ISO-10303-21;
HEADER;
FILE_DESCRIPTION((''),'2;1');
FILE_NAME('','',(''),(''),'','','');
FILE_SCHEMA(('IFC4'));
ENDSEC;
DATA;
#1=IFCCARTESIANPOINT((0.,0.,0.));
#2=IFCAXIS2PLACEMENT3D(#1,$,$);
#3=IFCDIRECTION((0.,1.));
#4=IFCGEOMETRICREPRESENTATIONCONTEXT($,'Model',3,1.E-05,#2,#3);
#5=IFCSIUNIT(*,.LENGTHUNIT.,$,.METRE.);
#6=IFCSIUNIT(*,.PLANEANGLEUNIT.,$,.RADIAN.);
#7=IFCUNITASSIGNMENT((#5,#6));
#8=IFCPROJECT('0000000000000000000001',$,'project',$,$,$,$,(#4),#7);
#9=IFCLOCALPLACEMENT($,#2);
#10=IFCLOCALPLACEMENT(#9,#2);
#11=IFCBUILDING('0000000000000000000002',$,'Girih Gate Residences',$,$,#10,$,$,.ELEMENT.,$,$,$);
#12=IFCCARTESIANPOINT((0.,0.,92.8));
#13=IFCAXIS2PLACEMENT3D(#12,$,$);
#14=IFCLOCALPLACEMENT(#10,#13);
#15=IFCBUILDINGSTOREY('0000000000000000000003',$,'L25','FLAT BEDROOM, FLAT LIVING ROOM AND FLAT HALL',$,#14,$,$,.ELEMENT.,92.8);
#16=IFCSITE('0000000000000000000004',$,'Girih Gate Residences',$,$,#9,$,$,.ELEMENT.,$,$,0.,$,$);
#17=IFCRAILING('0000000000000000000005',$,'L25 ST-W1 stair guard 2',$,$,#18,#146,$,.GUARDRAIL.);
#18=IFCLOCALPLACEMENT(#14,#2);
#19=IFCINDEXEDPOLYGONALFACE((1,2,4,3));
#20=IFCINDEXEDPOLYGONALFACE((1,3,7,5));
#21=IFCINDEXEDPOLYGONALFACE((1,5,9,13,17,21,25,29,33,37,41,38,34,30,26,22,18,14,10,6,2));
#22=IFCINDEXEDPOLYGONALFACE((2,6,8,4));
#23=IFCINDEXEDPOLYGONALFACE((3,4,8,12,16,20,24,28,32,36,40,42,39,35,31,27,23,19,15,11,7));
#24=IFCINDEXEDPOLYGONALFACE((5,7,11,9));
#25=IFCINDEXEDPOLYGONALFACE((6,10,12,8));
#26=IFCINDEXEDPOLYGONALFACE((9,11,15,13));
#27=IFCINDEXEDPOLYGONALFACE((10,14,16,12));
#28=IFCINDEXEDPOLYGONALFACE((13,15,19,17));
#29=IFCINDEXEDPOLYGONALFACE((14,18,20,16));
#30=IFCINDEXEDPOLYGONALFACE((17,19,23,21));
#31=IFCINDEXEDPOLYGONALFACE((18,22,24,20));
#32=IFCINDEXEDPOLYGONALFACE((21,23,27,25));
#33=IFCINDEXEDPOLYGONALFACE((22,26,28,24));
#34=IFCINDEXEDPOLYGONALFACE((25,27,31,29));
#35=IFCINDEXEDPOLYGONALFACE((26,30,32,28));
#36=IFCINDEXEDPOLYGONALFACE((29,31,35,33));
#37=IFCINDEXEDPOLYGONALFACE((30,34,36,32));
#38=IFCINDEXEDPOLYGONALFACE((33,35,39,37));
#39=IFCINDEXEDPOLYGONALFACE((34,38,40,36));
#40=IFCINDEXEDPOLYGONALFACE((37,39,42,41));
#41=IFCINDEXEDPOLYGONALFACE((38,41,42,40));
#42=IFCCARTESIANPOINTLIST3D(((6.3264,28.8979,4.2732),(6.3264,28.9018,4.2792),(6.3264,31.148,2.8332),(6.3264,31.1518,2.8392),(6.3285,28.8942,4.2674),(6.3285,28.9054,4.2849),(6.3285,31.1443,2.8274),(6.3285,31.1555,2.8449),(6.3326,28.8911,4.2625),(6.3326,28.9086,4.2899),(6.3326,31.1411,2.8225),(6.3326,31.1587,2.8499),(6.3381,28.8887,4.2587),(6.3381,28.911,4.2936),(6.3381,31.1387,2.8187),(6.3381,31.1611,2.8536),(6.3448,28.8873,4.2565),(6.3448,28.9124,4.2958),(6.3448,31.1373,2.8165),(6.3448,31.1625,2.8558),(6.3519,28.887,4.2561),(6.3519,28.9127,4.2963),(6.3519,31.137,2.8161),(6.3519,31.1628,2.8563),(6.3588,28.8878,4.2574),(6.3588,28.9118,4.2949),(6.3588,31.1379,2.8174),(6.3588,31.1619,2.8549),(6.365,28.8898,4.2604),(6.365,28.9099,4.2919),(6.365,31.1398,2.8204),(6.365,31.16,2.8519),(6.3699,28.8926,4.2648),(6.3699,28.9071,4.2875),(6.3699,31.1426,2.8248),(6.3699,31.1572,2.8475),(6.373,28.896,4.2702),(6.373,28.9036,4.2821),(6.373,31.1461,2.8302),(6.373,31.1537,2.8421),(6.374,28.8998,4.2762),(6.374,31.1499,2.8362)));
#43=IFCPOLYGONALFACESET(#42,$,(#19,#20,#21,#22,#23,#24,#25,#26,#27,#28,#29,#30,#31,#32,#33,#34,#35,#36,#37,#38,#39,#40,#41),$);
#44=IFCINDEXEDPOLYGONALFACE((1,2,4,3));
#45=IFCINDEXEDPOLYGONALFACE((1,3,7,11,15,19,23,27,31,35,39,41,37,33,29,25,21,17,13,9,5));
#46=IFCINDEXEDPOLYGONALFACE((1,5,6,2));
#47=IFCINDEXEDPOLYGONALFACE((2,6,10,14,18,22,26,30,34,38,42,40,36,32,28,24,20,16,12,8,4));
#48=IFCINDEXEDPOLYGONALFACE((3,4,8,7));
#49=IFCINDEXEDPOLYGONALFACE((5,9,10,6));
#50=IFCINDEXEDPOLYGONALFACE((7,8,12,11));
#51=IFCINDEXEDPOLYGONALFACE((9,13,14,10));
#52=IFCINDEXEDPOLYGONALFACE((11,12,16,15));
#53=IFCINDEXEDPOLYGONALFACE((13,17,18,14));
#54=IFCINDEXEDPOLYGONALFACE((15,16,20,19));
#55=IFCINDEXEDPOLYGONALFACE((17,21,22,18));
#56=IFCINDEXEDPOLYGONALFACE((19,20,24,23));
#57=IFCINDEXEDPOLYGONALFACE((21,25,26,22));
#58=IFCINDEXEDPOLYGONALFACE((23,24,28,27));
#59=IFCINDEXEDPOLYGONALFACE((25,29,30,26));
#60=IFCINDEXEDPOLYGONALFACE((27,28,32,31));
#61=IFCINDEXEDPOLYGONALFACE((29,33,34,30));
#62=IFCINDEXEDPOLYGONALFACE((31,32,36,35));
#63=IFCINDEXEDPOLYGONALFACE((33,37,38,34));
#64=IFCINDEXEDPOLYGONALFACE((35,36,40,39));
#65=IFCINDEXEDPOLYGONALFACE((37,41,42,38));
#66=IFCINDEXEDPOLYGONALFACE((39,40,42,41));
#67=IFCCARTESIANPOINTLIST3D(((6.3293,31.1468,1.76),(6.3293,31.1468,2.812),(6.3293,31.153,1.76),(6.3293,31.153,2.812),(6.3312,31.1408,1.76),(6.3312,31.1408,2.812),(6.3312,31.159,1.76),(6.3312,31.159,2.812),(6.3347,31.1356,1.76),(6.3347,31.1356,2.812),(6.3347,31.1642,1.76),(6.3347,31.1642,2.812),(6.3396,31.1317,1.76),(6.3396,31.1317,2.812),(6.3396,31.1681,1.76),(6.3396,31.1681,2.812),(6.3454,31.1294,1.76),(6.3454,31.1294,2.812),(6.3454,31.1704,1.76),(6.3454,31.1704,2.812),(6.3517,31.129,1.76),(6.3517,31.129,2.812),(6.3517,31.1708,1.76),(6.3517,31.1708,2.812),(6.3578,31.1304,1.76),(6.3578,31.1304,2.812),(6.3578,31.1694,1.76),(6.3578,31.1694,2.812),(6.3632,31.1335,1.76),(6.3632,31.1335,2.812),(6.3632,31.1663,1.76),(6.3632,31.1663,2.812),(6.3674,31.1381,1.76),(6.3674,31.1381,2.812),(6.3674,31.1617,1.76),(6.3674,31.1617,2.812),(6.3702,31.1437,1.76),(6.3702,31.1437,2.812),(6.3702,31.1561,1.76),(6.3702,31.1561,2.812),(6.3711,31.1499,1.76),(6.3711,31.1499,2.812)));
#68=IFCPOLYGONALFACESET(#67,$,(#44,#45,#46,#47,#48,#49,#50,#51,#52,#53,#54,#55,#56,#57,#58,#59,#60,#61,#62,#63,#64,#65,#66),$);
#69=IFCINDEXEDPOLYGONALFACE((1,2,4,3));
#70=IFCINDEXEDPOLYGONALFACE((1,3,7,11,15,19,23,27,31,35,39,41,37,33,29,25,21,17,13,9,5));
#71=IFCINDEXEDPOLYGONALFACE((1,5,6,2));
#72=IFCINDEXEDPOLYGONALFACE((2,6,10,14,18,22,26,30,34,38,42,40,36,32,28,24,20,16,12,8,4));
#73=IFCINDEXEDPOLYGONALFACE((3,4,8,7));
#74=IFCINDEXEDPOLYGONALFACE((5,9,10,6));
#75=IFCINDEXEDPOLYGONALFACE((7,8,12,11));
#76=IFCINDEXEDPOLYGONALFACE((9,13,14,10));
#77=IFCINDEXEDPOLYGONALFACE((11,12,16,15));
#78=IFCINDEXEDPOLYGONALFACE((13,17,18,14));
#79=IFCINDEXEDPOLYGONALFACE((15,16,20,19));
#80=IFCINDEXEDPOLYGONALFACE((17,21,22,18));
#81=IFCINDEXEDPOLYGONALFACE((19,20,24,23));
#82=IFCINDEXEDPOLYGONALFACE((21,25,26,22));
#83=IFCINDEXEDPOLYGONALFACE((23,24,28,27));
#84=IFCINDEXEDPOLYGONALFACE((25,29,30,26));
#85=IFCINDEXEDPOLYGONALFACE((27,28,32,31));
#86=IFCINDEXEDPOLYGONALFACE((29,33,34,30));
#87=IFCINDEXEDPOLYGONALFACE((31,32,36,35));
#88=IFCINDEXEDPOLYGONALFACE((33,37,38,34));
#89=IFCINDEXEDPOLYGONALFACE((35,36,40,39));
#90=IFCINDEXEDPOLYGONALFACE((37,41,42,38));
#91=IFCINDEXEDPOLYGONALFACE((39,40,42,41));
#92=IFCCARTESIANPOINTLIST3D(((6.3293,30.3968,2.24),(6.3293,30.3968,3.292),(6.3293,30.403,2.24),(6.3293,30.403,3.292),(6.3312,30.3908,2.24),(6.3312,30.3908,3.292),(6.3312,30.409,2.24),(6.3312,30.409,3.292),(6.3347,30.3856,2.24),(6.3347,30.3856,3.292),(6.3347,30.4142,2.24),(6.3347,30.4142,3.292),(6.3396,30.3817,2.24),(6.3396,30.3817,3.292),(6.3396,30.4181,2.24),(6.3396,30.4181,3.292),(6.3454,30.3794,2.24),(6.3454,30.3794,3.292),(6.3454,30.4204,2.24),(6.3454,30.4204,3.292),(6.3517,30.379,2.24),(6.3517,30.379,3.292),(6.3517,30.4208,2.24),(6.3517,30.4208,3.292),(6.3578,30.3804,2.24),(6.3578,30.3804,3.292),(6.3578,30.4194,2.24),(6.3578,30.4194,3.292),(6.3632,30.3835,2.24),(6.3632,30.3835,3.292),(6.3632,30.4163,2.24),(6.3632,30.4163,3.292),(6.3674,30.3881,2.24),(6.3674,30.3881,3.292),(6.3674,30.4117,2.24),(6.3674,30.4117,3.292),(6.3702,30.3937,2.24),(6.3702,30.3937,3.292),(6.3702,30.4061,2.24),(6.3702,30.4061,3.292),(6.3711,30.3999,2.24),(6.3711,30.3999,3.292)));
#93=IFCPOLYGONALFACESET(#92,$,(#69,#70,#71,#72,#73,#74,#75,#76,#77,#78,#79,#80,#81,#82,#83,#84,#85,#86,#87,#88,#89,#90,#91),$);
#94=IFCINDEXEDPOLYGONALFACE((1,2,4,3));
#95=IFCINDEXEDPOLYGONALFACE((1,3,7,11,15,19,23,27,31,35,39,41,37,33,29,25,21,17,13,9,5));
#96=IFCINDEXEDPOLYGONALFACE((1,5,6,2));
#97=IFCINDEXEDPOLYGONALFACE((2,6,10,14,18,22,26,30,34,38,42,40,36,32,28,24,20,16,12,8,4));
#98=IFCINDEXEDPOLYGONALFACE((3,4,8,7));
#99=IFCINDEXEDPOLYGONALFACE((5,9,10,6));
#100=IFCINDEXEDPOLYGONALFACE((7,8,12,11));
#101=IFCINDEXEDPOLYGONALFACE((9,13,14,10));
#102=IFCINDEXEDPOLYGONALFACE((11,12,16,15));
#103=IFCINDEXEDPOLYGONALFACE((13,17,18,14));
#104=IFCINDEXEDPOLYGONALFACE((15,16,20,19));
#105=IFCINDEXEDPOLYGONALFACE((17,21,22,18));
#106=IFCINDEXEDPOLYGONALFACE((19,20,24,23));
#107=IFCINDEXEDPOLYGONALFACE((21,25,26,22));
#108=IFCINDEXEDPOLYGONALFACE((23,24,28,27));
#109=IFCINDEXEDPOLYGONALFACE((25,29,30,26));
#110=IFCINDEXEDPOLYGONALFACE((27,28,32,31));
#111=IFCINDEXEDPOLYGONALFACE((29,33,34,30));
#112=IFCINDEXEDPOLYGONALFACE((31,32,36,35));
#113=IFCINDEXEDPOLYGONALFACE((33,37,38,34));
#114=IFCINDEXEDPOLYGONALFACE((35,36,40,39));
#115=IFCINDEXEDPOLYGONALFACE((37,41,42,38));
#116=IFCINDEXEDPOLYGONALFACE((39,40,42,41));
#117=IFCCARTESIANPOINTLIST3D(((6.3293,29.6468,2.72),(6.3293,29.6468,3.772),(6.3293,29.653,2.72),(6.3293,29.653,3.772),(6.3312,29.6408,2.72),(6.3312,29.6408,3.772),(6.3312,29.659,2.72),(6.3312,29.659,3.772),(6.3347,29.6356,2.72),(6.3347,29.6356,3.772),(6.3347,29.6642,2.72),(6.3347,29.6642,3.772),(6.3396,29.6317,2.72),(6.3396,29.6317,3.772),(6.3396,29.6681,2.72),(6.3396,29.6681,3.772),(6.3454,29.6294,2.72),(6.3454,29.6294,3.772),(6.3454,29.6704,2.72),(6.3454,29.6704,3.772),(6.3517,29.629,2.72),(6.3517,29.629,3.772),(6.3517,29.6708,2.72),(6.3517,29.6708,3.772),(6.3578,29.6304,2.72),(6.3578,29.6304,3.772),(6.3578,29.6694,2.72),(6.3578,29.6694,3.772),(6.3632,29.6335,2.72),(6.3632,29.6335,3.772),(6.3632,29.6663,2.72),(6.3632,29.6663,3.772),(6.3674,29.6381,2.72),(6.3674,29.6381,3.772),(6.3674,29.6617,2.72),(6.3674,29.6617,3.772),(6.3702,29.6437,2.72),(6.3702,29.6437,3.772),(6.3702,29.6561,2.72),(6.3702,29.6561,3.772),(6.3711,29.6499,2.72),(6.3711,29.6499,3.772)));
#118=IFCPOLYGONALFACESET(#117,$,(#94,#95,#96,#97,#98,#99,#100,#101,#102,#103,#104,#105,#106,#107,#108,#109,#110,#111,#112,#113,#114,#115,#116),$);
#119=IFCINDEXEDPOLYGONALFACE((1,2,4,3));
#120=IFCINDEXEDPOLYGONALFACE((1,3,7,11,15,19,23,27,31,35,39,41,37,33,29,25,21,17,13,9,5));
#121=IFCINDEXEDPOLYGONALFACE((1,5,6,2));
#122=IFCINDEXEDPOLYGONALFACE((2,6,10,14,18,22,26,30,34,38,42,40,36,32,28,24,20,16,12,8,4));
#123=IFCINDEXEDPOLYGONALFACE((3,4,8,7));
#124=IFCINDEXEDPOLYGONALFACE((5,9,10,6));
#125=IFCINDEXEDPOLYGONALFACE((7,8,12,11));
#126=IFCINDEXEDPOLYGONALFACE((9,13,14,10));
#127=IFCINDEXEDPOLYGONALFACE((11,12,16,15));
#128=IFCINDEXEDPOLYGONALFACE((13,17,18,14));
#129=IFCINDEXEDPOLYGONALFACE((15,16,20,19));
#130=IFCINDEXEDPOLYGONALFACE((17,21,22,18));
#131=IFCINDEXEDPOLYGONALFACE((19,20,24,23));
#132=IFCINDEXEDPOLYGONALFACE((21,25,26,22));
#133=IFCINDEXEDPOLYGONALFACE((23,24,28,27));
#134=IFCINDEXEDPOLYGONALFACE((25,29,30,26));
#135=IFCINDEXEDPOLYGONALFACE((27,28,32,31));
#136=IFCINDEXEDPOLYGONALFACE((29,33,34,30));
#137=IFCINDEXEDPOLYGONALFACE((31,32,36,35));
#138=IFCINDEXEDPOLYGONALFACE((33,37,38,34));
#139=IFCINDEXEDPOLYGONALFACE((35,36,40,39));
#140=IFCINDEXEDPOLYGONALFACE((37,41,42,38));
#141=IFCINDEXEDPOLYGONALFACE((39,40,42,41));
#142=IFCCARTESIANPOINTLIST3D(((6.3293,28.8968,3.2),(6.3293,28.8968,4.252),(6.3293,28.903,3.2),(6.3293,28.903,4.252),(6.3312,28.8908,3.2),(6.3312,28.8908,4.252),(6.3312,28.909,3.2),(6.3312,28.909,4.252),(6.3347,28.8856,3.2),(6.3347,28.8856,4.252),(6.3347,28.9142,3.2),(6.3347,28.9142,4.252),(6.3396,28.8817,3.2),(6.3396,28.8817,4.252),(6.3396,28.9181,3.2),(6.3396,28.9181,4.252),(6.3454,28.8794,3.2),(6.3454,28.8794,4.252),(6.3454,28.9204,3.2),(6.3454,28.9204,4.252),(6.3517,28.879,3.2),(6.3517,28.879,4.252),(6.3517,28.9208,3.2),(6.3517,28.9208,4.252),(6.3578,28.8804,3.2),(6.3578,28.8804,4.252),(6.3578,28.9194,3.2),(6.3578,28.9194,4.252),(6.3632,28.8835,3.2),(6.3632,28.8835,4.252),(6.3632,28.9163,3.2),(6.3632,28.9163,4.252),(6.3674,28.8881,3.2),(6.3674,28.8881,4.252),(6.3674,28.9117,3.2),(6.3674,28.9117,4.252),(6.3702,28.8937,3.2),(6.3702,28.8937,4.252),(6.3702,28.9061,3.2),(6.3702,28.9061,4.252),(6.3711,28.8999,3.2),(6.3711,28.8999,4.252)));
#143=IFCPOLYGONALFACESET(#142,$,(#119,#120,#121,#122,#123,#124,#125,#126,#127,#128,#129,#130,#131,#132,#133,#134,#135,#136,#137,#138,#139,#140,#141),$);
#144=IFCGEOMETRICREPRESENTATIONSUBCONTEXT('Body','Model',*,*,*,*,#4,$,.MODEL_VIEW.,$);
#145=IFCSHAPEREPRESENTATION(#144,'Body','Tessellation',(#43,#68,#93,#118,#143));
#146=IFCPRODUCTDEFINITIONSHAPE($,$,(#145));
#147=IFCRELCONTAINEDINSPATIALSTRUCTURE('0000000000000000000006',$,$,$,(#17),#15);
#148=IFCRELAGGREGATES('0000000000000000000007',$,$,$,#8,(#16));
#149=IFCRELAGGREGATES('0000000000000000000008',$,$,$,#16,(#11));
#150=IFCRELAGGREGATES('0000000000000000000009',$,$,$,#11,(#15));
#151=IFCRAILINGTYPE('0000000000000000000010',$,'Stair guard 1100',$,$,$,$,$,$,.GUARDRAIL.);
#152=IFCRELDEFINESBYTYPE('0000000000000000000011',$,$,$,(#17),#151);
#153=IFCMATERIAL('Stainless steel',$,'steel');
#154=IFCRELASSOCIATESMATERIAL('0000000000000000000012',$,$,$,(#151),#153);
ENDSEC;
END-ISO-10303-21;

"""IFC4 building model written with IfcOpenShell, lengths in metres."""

from ifc_helpers import new_model, si_unit, direction, frame, origin, origin_2d, place, context, subcontext, project, spatial, circle, extrude, material, type_object, element, save


model = new_model("IFC4")

# Units and contexts
model_context = context("Model", 3, precision=1e-05, world=origin(), true_north=direction((0.0, 1.0)))
body_context = subcontext(model_context, "Body", "Model", "MODEL_VIEW")
ifc_project = project(units=[si_unit("LENGTHUNIT", "METRE"), si_unit("PLANEANGLEUNIT", "RADIAN")], contexts=[model_context])

# Site, building, storey
site_placement = place(None, origin())
site = spatial("IfcSite", under=ifc_project, at=site_placement, Name="Girih Gate Residences", CompositionType="ELEMENT", RefElevation=0.0)
building_placement = place(site_placement, origin())
building = spatial("IfcBuilding", under=site, at=building_placement, Name="Girih Gate Residences", CompositionType="ELEMENT")
storey_placement = place(building_placement, frame((0.0, 0.0, 92.8)))
storey = spatial("IfcBuildingStorey", under=building, at=storey_placement, Name="L25", Description="FLAT BEDROOM, FLAT LIVING ROOM AND FLAT HALL", CompositionType="ELEMENT", Elevation=92.8)

# Railing
ifc_material_1 = material(Name="Stainless steel", Category="steel")
railing_type_1 = type_object("IfcRailingType", Name="Stair guard 1100", PredefinedType="GUARDRAIL", material=ifc_material_1)
railing_1_placement = place(storey_placement, frame((6.3501, 31.1499, 1.76)))
element("IfcRailing", 1, at=railing_1_placement, inside=storey, type_object=railing_type_1, Name="L25 ST-W1 stair guard 2", PredefinedType="GUARDRAIL", context=body_context, shape_type="SweptSolid", body=[
    extrude(circle(Radius=0.0239, at=origin_2d()), frame((0.0, 0.0, 1.0762), z_axis=(0.0, -0.842281, 0.539038), x_axis=(1.0, 0.0, 0.0)), (0.0, 0.0, 1.0), 2.6714),
    extrude(circle(Radius=0.021, at=origin_2d()), origin(), (0.0, 0.0, 1.0), 1.052),
    extrude(circle(Radius=0.021, at=origin_2d()), frame((0.0, -0.75, 0.48)), (0.0, 0.0, 1.0), 1.052),
    extrude(circle(Radius=0.021, at=origin_2d()), frame((0.0, -1.5, 0.96)), (0.0, 0.0, 1.0), 1.052),
    extrude(circle(Radius=0.021, at=origin_2d()), frame((0.0, -2.25, 1.4399)), (0.0, 0.0, 1.0), 1.052),
])

save(model, "model.ifc")
